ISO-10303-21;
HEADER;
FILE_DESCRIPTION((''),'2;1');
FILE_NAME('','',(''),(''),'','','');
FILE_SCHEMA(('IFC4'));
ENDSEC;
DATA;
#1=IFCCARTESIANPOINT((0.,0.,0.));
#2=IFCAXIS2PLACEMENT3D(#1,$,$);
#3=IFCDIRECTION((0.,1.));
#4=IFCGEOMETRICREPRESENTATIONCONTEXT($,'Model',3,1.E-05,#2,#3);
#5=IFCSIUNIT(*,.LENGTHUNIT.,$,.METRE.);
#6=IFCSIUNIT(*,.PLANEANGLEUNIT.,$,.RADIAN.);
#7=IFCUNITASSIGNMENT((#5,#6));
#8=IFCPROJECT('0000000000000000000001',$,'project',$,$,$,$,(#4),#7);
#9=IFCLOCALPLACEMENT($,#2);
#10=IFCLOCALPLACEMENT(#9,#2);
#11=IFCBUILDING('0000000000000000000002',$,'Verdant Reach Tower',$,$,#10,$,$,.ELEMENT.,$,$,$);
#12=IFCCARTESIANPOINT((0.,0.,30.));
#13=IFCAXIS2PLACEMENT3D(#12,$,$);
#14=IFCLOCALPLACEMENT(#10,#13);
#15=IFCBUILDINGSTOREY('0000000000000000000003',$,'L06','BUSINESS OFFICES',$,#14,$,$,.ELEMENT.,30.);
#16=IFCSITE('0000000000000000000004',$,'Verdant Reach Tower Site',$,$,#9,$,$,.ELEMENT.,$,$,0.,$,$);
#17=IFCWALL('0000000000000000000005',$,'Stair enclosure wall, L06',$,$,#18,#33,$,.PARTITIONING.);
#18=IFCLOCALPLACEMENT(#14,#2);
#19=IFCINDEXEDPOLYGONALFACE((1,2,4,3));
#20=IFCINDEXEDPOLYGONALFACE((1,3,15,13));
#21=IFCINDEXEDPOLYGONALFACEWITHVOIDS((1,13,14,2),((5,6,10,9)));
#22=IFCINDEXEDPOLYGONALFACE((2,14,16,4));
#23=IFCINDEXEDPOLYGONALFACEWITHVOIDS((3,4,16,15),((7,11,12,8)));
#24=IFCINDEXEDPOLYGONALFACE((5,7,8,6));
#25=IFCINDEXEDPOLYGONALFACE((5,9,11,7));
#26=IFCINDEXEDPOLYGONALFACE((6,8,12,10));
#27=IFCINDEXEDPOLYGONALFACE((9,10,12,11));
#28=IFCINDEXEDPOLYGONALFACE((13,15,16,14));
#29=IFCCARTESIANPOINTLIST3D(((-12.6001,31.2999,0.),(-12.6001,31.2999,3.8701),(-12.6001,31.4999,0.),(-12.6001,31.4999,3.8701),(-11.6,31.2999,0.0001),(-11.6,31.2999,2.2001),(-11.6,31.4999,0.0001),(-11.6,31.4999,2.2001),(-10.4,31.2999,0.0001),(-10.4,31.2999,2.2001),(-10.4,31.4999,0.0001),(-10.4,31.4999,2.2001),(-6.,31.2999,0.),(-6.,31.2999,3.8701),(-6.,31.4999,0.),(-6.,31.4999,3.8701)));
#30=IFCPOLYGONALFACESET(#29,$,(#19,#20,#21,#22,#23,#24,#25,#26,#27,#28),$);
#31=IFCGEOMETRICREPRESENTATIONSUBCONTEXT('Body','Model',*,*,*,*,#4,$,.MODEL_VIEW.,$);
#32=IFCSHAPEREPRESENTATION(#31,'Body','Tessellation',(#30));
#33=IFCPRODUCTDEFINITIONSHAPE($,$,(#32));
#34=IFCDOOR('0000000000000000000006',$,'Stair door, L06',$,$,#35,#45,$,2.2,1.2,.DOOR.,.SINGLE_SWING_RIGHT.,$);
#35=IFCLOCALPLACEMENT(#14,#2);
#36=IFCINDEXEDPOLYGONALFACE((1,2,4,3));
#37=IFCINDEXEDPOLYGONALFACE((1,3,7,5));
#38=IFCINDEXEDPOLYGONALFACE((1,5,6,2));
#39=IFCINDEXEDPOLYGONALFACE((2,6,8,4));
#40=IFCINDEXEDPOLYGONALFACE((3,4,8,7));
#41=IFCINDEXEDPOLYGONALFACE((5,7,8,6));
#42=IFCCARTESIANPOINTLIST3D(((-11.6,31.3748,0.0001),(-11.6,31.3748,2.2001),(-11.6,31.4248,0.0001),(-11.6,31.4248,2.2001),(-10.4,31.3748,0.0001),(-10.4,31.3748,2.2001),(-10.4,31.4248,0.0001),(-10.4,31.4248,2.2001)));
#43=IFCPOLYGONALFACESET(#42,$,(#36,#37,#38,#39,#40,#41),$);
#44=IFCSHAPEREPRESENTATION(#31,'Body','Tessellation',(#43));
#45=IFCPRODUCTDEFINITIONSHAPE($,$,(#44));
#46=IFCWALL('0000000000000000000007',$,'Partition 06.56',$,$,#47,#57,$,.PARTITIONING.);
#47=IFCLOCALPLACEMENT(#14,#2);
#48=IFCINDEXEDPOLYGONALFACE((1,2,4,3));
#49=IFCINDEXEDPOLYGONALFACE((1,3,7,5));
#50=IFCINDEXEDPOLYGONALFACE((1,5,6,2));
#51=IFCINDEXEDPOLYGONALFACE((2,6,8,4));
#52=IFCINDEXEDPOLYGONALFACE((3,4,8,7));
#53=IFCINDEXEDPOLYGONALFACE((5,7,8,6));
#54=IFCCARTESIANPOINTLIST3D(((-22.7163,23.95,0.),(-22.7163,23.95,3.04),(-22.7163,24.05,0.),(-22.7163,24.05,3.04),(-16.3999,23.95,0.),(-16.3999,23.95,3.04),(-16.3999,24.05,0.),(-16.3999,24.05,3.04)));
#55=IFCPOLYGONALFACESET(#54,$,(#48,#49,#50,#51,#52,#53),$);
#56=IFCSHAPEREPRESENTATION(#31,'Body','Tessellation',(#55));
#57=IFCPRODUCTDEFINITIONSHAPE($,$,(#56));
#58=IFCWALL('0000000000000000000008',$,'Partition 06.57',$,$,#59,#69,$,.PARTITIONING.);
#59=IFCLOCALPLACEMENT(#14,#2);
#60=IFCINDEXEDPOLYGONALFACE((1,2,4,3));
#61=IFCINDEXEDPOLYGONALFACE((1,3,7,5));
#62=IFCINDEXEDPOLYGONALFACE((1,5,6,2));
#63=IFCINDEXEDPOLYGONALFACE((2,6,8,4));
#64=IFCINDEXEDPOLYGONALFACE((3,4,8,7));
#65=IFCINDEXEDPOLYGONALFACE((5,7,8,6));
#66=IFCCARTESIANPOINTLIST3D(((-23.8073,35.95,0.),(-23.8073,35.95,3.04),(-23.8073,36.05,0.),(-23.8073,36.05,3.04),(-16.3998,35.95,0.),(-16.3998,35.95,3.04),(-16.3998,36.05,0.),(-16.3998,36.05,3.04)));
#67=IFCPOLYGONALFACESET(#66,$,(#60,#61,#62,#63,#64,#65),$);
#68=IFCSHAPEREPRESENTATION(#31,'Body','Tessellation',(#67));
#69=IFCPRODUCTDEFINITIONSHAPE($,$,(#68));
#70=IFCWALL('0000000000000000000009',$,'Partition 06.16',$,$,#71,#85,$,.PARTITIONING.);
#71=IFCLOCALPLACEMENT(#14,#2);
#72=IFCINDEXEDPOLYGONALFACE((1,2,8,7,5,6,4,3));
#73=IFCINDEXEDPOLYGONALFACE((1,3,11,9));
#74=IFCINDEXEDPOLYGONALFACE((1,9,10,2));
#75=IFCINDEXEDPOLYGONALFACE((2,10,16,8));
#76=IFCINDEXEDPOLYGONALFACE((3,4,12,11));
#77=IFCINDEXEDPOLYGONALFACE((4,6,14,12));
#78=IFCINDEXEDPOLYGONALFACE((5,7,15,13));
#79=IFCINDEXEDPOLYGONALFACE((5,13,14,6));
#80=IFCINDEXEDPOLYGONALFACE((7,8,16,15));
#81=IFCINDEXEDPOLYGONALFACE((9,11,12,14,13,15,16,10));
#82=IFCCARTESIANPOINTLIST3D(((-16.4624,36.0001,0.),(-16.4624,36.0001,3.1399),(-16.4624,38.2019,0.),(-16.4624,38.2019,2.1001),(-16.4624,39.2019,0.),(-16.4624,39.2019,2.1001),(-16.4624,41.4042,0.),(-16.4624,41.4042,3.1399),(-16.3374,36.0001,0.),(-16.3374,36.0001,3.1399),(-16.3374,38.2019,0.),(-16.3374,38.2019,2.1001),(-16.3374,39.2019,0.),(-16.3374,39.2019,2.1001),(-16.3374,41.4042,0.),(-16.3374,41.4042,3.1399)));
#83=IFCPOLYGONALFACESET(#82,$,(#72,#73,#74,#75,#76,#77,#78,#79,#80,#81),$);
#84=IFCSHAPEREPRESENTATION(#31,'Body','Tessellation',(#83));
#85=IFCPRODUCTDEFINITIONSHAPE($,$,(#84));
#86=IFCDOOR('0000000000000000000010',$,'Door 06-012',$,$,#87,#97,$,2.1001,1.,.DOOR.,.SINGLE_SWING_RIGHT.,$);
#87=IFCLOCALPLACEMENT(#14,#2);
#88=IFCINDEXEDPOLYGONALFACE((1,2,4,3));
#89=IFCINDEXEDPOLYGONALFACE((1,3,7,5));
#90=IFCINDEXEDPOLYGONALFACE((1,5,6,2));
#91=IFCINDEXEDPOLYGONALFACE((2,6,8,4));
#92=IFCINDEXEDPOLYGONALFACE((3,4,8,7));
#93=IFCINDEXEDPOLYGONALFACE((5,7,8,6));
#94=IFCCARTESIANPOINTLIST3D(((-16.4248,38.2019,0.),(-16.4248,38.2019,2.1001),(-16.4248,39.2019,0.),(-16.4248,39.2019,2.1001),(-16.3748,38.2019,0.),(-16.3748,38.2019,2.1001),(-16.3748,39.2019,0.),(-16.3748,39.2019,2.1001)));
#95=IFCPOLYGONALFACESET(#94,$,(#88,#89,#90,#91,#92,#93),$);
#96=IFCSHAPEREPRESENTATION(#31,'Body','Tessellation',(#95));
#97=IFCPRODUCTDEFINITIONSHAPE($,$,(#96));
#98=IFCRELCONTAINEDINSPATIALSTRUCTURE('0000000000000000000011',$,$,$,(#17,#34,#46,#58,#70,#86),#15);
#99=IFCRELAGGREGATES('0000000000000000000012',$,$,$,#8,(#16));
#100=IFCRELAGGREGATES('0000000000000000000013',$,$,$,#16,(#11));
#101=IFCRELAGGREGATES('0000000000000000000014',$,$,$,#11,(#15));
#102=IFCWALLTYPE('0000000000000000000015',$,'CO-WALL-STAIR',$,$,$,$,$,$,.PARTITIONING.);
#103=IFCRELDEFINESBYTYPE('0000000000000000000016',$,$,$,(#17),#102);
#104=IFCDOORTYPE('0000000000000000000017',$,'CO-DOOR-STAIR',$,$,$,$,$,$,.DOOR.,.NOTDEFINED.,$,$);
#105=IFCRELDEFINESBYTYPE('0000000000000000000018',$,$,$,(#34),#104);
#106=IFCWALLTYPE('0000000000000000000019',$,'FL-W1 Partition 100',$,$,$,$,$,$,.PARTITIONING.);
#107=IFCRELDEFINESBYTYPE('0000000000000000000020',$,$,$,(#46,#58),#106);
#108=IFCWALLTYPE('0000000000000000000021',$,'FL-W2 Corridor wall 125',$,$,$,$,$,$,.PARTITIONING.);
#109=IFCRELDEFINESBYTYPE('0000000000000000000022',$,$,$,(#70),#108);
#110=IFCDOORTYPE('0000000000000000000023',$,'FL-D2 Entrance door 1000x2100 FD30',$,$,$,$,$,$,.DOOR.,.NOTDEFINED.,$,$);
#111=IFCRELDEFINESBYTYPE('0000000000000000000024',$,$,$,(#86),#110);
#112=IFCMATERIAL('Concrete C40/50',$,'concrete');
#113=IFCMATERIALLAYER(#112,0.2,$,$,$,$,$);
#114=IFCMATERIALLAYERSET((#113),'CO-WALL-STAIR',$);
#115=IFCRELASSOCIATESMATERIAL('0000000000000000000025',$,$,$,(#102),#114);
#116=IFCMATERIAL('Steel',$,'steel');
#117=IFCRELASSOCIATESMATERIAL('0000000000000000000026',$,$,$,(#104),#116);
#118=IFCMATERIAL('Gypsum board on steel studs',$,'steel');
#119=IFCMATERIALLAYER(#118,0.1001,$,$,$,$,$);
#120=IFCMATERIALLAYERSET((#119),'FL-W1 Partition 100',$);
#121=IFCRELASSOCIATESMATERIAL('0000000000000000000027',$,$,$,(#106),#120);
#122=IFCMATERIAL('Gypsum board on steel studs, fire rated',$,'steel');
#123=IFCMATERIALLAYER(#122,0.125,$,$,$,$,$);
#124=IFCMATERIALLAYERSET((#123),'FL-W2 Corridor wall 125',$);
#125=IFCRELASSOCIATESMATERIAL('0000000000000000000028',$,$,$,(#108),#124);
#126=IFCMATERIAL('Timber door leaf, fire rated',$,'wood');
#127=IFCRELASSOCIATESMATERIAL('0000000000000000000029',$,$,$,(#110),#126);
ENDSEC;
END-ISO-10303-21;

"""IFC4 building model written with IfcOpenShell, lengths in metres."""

from ifc_helpers import new_model, si_unit, direction, frame, frame_2d, origin, place, context, subcontext, project, spatial, rectangle, extrude, material, layer, layer_set, type_object, element, fill, save


model = new_model("IFC4")

# Units and contexts
model_context = context("Model", 3, precision=1e-05, world=origin(), true_north=direction((0.0, 1.0)))
body_context = subcontext(model_context, "Body", "Model", "MODEL_VIEW")
ifc_project = project(units=[si_unit("LENGTHUNIT", "METRE"), si_unit("PLANEANGLEUNIT", "RADIAN")], contexts=[model_context])

# Site, building, storey
site_placement = place(None, origin())
site = spatial("IfcSite", under=ifc_project, at=site_placement, Name="Verdant Reach Tower Site", CompositionType="ELEMENT", RefElevation=0.0)
building_placement = place(site_placement, origin())
building = spatial("IfcBuilding", under=site, at=building_placement, Name="Verdant Reach Tower", CompositionType="ELEMENT")
storey_placement = place(building_placement, frame((0.0, 0.0, 30.0)))
storey = spatial("IfcBuildingStorey", under=building, at=storey_placement, Name="L06", Description="BUSINESS OFFICES", CompositionType="ELEMENT", Elevation=30.0)

# Shared definitions
ifc_material_1 = material(Name="Concrete C40/50", Category="concrete")
ifc_material_2 = material(Name="Steel", Category="steel")
ifc_layer_1 = layer(ifc_material_1, 0.2)
ifc_layer_set_1 = layer_set([ifc_layer_1], Name="CO-WALL-STAIR")
wall_type_1 = type_object("IfcWallType", Name="CO-WALL-STAIR", PredefinedType="PARTITIONING", material=ifc_layer_set_1)

# Wall, opening, door
wall_1_placement = place(storey_placement, frame((-12.6001, 31.3999, 0.0), z_axis=(0.0, 0.0, 1.0), x_axis=(1.0, 0.0, 0.0)))
wall_1 = element("IfcWall", 1, at=wall_1_placement, inside=storey, type_object=wall_type_1, Name="Stair enclosure wall, L06", PredefinedType="PARTITIONING", context=body_context, shape_type="SweptSolid", body=[
    extrude(rectangle(XDim=6.6001, YDim=0.2, at=frame_2d((3.3, 0.0))), origin(), (0.0, 0.0, 1.0), 3.8701),
])
opening_1_placement = place(wall_1_placement, frame((1.0, 0.0, 0.0)))
opening_1 = element("IfcOpeningElement", 2, at=opening_1_placement, cuts=wall_1, PredefinedType="OPENING", context=body_context, shape_type="SweptSolid", body=[
    extrude(rectangle(XDim=1.2, YDim=2.2, at=frame_2d((0.6001, 1.1001))), frame((0.0, 0.1099, 0.0), z_axis=(0.0, -1.0, 0.0), x_axis=(1.0, 0.0, 0.0)), (0.0, 0.0, 1.0), 0.22),
])
door_type_1 = type_object("IfcDoorType", Name="CO-DOOR-STAIR", OperationType="NOTDEFINED", PredefinedType="DOOR", material=ifc_material_2)
door_1_placement = place(opening_1_placement, origin())
door_1 = element("IfcDoor", 3, at=door_1_placement, inside=storey, type_object=door_type_1, Name="Stair door, L06", OperationType="SINGLE_SWING_RIGHT", OverallHeight=2.2, OverallWidth=1.2, PredefinedType="DOOR", context=body_context, shape_type="SweptSolid", body=[
    extrude(rectangle(XDim=1.2, YDim=2.2, at=frame_2d((0.6001, 1.1001))), frame((0.0, 0.0249, 0.0), z_axis=(0.0, -1.0, 0.0), x_axis=(1.0, 0.0, 0.0)), (0.0, 0.0, 1.0), 0.05),
])
fill(opening_1, door_1)

# Walls
ifc_material_3 = material(Name="Gypsum board on steel studs", Category="steel")
ifc_layer_2 = layer(ifc_material_3, 0.1001)
ifc_layer_set_2 = layer_set([ifc_layer_2], Name="FL-W1 Partition 100")
wall_type_2 = type_object("IfcWallType", Name="FL-W1 Partition 100", PredefinedType="PARTITIONING", material=ifc_layer_set_2)
wall_2_placement = place(storey_placement, frame((-16.3999, 24.0, 0.0), z_axis=(0.0, 0.0, 1.0), x_axis=(-1.0, 0.0, 0.0)))
element("IfcWall", 4, at=wall_2_placement, inside=storey, type_object=wall_type_2, Name="Partition 06.56", PredefinedType="PARTITIONING", context=body_context, shape_type="SweptSolid", body=[
    extrude(rectangle(XDim=6.3164, YDim=0.1001, at=frame_2d((3.1582, 0.0))), origin(), (0.0, 0.0, 1.0), 3.04),
])
wall_3_placement = place(storey_placement, frame((-16.3999, 36.0, 0.0), z_axis=(0.0, 0.0, 1.0), x_axis=(-1.0, 0.0, 0.0)))
element("IfcWall", 5, at=wall_3_placement, inside=storey, type_object=wall_type_2, Name="Partition 06.57", PredefinedType="PARTITIONING", context=body_context, shape_type="SweptSolid", body=[
    extrude(rectangle(XDim=7.4075, YDim=0.1001, at=frame_2d((3.7036, 0.0))), origin(), (0.0, 0.0, 1.0), 3.04),
])

# Wall, opening, door
ifc_material_4 = material(Name="Gypsum board on steel studs, fire rated", Category="steel")
ifc_layer_3 = layer(ifc_material_4, 0.125)
ifc_layer_set_3 = layer_set([ifc_layer_3], Name="FL-W2 Corridor wall 125")
wall_type_3 = type_object("IfcWallType", Name="FL-W2 Corridor wall 125", PredefinedType="PARTITIONING", material=ifc_layer_set_3)
wall_4_placement = place(storey_placement, frame((-16.3999, 36.0, 0.0), z_axis=(0.0, 0.0, 1.0), x_axis=(0.0, 1.0, 0.0)))
wall_4 = element("IfcWall", 6, at=wall_4_placement, inside=storey, type_object=wall_type_3, Name="Partition 06.16", PredefinedType="PARTITIONING", context=body_context, shape_type="SweptSolid", body=[
    extrude(rectangle(XDim=5.4041, YDim=0.125, at=frame_2d((2.7021, 0.0))), origin(), (0.0, 0.0, 1.0), 3.1399),
])
opening_2_placement = place(wall_4_placement, frame((2.2019, 0.0, 0.0)))
opening_2 = element("IfcOpeningElement", 7, at=opening_2_placement, cuts=wall_4, PredefinedType="OPENING", context=body_context, shape_type="SweptSolid", body=[
    extrude(rectangle(XDim=1.0, YDim=2.1001, at=frame_2d((0.5, 1.05))), frame((0.0, 0.0725, 0.0), z_axis=(0.0, -1.0, 0.0), x_axis=(1.0, 0.0, 0.0)), (0.0, 0.0, 1.0), 0.145),
])
ifc_material_5 = material(Name="Timber door leaf, fire rated", Category="wood")
door_type_2 = type_object("IfcDoorType", Name="FL-D2 Entrance door 1000x2100 FD30", OperationType="NOTDEFINED", PredefinedType="DOOR", material=ifc_material_5)
door_2_placement = place(opening_2_placement, origin())
door_2 = element("IfcDoor", 8, at=door_2_placement, inside=storey, type_object=door_type_2, Name="Door 06-012", OperationType="SINGLE_SWING_RIGHT", OverallHeight=2.1001, OverallWidth=1.0, PredefinedType="DOOR", context=body_context, shape_type="SweptSolid", body=[
    extrude(rectangle(XDim=1.0, YDim=2.1001, at=frame_2d((0.5, 1.05))), frame((0.0, 0.0249, 0.0), z_axis=(0.0, -1.0, 0.0), x_axis=(1.0, 0.0, 0.0)), (0.0, 0.0, 1.0), 0.05),
])
fill(opening_2, door_2)

save(model, "model.ifc")
